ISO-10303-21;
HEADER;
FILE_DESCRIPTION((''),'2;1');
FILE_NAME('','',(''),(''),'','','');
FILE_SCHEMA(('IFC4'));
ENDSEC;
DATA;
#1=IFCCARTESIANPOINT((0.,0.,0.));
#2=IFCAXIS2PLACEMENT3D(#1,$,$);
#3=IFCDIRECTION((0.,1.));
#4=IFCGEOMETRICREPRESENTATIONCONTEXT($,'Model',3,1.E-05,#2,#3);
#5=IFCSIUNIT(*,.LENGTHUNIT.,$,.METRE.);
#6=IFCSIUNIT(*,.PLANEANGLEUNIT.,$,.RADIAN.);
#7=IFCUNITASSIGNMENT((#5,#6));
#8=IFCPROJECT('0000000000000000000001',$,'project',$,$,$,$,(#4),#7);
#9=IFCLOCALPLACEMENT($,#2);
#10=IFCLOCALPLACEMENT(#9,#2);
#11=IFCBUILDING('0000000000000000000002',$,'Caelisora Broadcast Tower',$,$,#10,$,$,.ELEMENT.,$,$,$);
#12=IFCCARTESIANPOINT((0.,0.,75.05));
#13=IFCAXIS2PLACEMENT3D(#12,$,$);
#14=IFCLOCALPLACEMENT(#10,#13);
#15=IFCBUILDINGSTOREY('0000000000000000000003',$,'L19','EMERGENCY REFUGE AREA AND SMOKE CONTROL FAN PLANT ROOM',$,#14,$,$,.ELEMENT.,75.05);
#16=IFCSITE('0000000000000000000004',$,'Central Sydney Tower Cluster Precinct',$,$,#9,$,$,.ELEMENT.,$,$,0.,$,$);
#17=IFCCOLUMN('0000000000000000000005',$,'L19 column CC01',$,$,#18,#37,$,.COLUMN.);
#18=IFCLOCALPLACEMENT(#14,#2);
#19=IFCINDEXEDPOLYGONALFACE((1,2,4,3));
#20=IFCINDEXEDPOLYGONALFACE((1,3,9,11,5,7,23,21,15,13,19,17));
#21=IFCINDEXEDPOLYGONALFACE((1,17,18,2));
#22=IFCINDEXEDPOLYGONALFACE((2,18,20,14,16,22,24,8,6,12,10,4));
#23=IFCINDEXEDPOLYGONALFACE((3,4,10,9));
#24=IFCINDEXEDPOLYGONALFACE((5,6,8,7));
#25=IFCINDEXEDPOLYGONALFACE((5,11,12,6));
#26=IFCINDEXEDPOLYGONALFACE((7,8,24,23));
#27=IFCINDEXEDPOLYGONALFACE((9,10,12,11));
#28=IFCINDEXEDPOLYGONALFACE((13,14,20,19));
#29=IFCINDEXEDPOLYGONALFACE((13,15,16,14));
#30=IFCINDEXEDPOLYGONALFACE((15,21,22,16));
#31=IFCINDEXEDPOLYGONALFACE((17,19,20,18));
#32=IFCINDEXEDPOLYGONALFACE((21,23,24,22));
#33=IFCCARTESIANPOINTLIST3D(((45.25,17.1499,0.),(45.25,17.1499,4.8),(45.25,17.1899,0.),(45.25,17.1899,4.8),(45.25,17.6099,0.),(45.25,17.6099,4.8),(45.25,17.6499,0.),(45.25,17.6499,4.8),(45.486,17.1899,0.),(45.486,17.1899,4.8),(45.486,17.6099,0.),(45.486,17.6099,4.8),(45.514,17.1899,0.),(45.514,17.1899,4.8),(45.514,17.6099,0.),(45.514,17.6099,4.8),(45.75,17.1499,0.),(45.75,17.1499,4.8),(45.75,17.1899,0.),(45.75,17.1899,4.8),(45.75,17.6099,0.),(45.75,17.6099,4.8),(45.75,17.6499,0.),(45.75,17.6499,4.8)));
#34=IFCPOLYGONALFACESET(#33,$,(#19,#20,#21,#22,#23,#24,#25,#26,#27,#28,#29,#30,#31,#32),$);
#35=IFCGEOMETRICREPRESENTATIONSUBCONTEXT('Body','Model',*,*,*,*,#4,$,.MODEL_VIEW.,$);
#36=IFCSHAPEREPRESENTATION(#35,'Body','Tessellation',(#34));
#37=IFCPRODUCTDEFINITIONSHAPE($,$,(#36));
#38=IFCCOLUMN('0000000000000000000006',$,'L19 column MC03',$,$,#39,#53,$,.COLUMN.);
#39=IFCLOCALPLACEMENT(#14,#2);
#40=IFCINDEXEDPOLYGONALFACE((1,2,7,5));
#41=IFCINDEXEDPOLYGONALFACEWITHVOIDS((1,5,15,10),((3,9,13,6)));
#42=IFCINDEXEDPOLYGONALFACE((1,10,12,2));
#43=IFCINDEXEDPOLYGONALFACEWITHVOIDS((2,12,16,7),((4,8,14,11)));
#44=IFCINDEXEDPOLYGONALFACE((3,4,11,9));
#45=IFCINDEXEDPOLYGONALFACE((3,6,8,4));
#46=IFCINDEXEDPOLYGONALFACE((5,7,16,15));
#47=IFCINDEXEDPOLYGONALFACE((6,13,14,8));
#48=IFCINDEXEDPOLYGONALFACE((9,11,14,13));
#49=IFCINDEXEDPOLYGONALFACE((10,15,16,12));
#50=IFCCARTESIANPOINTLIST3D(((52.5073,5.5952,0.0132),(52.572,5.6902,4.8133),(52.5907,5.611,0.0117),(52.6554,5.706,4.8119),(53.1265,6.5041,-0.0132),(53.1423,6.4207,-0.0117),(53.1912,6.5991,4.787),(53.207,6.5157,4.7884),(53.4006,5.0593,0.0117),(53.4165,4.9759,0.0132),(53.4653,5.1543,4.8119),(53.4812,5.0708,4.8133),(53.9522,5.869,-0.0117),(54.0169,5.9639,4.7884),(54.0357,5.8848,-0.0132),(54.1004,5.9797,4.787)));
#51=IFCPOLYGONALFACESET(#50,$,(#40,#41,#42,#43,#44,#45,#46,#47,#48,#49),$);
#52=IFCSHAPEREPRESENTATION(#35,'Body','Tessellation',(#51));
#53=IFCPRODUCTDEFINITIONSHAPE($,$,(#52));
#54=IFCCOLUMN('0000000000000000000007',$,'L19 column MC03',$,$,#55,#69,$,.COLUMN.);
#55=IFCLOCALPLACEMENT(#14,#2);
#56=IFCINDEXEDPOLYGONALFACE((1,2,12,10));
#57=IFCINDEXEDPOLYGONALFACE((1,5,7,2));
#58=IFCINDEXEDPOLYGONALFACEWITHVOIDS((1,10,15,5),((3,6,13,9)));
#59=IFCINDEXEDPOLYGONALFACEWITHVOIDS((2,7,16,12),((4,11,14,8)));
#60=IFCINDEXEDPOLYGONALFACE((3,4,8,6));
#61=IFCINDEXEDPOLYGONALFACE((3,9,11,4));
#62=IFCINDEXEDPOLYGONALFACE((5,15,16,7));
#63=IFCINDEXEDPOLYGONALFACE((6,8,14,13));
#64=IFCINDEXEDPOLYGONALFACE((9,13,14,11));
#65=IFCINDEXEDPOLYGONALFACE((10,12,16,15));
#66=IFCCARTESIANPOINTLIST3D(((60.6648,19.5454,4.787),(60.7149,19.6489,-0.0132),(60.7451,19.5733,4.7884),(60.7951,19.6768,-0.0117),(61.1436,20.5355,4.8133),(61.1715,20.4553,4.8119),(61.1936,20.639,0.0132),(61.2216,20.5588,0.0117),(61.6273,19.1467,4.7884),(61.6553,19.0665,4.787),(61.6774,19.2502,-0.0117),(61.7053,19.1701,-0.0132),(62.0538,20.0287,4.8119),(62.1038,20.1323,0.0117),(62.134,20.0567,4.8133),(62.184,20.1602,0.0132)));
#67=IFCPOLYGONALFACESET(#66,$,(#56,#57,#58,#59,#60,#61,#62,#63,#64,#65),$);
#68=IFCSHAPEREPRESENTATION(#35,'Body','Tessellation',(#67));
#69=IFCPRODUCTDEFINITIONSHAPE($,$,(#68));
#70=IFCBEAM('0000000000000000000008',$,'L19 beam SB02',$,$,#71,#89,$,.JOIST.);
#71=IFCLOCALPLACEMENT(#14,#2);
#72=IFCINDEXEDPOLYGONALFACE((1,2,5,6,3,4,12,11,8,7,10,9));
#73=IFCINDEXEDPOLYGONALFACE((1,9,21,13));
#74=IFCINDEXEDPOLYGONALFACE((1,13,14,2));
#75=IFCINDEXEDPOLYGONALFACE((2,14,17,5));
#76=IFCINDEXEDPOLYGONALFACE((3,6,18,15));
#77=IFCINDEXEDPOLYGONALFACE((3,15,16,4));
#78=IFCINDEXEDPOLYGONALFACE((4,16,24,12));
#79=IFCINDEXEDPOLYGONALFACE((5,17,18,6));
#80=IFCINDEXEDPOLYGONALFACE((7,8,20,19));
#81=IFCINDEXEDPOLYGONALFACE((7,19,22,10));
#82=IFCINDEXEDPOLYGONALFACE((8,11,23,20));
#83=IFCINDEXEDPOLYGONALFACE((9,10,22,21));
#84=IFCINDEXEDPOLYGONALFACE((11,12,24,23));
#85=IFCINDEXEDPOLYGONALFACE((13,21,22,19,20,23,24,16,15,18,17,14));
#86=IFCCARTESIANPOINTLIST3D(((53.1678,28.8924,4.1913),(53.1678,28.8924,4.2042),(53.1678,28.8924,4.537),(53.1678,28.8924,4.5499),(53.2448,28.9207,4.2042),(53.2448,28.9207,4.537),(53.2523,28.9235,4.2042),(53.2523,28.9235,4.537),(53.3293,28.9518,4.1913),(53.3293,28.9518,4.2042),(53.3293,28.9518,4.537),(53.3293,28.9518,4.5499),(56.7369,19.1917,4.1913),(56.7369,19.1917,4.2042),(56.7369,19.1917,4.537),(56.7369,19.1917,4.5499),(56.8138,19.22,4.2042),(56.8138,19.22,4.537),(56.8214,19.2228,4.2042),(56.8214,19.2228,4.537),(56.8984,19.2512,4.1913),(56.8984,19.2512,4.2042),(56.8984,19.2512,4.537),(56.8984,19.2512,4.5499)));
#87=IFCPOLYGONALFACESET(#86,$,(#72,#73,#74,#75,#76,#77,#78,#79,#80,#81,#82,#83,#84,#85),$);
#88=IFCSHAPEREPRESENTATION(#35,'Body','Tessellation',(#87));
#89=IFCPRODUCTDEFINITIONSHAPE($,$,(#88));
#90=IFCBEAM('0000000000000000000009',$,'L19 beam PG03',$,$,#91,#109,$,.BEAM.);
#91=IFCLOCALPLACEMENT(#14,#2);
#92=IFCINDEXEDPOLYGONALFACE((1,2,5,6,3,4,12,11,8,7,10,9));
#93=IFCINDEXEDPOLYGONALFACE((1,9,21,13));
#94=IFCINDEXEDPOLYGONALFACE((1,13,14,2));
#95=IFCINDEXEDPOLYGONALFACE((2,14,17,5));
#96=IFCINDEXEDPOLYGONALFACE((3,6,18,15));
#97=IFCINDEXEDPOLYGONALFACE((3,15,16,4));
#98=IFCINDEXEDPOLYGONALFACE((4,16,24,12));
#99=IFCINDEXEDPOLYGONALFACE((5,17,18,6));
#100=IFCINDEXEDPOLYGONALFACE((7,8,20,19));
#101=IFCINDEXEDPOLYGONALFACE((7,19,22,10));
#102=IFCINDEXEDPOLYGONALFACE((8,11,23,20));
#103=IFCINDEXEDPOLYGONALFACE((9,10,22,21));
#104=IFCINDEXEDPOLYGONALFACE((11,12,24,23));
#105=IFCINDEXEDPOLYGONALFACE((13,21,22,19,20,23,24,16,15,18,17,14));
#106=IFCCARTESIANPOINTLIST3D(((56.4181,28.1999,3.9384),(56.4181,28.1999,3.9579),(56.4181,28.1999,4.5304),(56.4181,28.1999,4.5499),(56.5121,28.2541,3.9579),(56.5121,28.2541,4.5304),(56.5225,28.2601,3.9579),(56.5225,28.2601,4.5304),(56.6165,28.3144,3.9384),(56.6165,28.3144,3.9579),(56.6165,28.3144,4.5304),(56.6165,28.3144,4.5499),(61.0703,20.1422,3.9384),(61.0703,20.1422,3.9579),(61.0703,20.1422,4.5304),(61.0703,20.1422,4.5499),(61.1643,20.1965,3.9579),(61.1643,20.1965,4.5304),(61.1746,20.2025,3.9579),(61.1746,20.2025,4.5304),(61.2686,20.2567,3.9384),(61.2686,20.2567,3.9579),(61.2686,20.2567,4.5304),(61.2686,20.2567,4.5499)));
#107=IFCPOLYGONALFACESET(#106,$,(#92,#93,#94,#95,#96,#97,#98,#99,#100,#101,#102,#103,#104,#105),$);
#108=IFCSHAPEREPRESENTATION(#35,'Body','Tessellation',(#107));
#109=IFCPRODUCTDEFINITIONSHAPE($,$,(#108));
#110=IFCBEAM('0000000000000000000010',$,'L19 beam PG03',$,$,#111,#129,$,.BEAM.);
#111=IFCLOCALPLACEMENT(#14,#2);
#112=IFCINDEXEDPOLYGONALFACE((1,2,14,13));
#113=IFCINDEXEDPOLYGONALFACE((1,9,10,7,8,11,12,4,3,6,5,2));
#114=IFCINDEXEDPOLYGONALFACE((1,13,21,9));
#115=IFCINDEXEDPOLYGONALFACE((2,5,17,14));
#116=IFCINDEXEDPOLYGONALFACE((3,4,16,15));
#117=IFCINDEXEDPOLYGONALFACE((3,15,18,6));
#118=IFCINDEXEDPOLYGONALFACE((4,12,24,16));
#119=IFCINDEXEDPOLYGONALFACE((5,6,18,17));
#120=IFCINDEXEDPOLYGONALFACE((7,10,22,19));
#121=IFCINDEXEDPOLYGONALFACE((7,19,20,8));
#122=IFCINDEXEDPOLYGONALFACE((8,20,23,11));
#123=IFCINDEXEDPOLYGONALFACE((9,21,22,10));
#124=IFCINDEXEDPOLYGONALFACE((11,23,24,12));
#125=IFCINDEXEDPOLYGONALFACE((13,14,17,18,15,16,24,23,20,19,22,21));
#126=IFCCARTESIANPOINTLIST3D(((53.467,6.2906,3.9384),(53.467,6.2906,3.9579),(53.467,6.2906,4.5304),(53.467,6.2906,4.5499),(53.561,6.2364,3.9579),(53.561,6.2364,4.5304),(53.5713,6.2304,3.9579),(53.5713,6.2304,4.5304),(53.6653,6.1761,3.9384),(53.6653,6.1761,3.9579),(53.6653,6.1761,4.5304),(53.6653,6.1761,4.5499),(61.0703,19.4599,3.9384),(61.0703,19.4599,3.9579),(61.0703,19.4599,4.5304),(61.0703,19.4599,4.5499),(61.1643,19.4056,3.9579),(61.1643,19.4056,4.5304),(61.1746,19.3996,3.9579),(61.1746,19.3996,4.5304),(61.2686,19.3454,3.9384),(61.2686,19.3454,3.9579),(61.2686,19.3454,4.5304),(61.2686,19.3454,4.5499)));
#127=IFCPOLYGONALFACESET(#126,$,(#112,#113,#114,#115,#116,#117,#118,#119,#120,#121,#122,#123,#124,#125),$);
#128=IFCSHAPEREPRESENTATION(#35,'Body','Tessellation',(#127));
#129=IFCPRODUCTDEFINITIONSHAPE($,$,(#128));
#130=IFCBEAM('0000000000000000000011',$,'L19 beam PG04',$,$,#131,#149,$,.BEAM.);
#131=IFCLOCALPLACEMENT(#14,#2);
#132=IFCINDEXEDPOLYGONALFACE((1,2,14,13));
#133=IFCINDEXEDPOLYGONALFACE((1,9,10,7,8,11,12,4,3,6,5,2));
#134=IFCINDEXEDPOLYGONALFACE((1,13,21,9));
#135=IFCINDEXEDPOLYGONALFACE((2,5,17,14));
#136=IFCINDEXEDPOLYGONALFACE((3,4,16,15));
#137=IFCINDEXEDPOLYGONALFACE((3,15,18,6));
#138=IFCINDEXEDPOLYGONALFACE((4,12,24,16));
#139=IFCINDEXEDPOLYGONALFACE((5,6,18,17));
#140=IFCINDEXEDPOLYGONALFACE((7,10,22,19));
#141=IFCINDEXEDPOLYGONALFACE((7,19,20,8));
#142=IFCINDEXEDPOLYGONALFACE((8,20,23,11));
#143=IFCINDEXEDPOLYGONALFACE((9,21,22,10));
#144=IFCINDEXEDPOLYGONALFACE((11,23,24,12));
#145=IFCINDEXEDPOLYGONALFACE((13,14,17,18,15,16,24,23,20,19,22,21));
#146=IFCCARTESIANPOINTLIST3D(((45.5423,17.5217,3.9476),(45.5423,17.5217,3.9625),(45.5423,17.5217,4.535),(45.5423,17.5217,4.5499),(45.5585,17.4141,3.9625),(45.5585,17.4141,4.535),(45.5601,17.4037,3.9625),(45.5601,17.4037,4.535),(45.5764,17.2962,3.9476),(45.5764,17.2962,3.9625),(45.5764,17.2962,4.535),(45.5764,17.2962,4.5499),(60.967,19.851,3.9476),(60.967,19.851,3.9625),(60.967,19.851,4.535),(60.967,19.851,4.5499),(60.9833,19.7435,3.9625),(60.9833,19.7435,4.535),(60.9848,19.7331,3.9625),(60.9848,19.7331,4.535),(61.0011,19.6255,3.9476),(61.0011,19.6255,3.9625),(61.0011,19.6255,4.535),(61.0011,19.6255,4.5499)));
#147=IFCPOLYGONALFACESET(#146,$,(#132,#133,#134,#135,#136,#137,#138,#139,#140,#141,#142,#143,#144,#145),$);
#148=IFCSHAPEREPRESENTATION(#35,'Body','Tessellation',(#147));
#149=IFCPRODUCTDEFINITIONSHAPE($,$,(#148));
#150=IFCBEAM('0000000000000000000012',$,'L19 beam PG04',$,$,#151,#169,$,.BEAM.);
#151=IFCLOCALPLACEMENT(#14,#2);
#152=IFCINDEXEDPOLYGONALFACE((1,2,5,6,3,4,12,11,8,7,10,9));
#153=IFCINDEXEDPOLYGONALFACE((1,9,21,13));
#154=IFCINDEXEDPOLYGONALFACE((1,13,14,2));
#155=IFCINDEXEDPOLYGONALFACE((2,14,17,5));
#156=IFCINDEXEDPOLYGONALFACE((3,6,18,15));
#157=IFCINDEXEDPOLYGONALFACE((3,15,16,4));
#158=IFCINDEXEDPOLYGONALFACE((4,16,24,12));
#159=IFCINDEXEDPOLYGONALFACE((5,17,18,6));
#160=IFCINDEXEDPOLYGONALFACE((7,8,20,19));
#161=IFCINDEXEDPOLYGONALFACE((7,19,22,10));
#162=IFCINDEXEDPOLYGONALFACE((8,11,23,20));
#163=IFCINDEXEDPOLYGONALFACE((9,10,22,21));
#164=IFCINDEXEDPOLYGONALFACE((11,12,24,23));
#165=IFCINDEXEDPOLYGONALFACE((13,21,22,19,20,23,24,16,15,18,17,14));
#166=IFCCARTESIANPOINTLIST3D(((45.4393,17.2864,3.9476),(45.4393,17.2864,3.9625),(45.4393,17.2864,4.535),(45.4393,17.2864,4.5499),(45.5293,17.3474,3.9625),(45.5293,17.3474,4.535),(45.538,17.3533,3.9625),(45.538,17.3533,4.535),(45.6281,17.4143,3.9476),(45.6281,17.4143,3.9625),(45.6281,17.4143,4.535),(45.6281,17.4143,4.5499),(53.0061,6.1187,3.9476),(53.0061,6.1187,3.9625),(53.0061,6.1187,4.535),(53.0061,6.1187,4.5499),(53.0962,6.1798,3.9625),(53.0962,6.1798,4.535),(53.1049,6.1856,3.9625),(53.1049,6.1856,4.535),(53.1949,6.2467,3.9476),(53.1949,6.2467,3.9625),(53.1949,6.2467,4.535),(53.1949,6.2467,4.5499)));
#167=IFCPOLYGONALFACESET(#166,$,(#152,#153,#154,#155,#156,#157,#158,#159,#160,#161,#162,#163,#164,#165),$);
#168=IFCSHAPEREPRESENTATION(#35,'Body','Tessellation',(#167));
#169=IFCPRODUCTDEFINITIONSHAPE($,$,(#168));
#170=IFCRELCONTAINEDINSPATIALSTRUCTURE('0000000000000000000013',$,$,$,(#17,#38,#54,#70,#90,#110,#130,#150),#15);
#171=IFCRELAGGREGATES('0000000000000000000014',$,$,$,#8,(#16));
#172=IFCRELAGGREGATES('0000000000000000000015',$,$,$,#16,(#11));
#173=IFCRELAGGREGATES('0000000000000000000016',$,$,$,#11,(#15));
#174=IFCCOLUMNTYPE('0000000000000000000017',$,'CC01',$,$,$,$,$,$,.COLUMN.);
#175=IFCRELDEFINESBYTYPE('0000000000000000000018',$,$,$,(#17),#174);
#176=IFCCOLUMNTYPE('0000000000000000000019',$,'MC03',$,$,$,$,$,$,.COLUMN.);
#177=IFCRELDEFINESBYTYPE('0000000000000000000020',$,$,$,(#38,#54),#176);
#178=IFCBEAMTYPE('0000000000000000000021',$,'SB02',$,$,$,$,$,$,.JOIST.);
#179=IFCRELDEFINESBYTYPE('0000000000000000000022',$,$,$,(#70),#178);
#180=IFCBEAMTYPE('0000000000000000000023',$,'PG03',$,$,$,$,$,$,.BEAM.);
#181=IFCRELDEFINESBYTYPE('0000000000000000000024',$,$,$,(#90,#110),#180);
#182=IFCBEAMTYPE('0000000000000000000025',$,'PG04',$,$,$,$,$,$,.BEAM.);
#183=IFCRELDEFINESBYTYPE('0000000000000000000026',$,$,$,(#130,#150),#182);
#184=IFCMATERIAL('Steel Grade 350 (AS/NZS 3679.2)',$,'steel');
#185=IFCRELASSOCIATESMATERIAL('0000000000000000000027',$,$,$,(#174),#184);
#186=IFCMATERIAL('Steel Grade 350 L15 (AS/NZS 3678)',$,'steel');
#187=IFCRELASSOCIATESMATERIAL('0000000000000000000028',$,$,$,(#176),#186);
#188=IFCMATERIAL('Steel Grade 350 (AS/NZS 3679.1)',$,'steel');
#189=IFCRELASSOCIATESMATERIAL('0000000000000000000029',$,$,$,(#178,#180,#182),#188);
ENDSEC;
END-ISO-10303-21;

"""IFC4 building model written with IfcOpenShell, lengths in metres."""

from ifc_helpers import new_model, si_unit, direction, frame, origin, origin_2d, place, context, subcontext, project, spatial, hollow_rectangle, i_section, extrude, source, transform, mapped, material, material_profile, profile_set, type_object, type_shapes, element, save


model = new_model("IFC4")

# Units and contexts
model_context = context("Model", 3, precision=1e-05, world=origin(), true_north=direction((0.0, 1.0)))
body_context = subcontext(model_context, "Body", "Model", "MODEL_VIEW")
ifc_project = project(units=[si_unit("LENGTHUNIT", "METRE"), si_unit("PLANEANGLEUNIT", "RADIAN")], contexts=[model_context])

# Site, building, storey
site_placement = place(None, origin())
site = spatial("IfcSite", under=ifc_project, at=site_placement, Name="Central Sydney Tower Cluster Precinct", CompositionType="ELEMENT", RefElevation=0.0)
building_placement = place(site_placement, origin())
building = spatial("IfcBuilding", under=site, at=building_placement, Name="Caelisora Broadcast Tower", CompositionType="ELEMENT")
storey_placement = place(building_placement, frame((0.0, 0.0, 75.05)))
storey = spatial("IfcBuildingStorey", under=building, at=storey_placement, Name="L19", Description="EMERGENCY REFUGE AREA AND SMOKE CONTROL FAN PLANT ROOM", CompositionType="ELEMENT", Elevation=75.05)

# Columns
ifc_material_1 = material(Name="Steel Grade 350 (AS/NZS 3679.2)", Category="steel")
ifc_material_profile_1 = material_profile(ifc_material_1, i_section(OverallWidth=0.5, OverallDepth=0.5, WebThickness=0.0281, FlangeThickness=0.04, at=origin_2d()), Name="Steel Grade 350 (AS/NZS 3679.2)")
ifc_profile_set_1 = profile_set([ifc_material_profile_1], Name="Steel Grade 350 (AS/NZS 3679.2)")
column_type_1 = type_object("IfcColumnType", Name="CC01", PredefinedType="COLUMN", material=ifc_profile_set_1)
shared_shape_1 = source(origin(), body_context, "Body", "SweptSolid", [
    extrude(i_section(OverallWidth=0.5, OverallDepth=0.5, WebThickness=0.0281, FlangeThickness=0.04, at=origin_2d()), origin(), (0.0, 0.0, 1.0), 4.8),
])
type_shapes(column_type_1, [shared_shape_1])
column_placement = place(storey_placement, frame((45.5, 17.3999, 0.0), z_axis=(0.0, 0.0, 1.0), x_axis=(1.0, 0.0, 0.0)))
element("IfcColumn", 1, at=column_placement, inside=storey, type_object=column_type_1, Name="L19 column CC01", PredefinedType="COLUMN", context=body_context, shape_type="MappedRepresentation", body=[
    mapped(shared_shape_1, transform((0.0, 0.0, 0.0), scale=1.0)),
])
ifc_material_2 = material(Name="Steel Grade 350 L15 (AS/NZS 3678)", Category="steel")
ifc_material_profile_2 = material_profile(ifc_material_2, hollow_rectangle(XDim=1.1001, YDim=1.1001, WallThickness=0.0601, at=origin_2d()), Name="Steel Grade 350 L15 (AS/NZS 3678)")
ifc_profile_set_2 = profile_set([ifc_material_profile_2], Name="Steel Grade 350 L15 (AS/NZS 3678)")
column_type_2 = type_object("IfcColumnType", Name="MC03", PredefinedType="COLUMN", material=ifc_profile_set_2)
shared_shape_2 = source(origin(), body_context, "Body", "SweptSolid", [
    extrude(hollow_rectangle(XDim=1.1001, YDim=1.1001, WallThickness=0.0601, at=origin_2d()), origin(), (0.0, 0.0, 1.0), 4.8015),
])
type_shapes(column_type_2, [shared_shape_2])
for number, where, z_axis, x_axis, name in (
    (2, (53.2715, 5.74, 0.0), (0.013475, 0.01978, 0.999714), (-0.826452, 0.563007, 0.0), "L19 column MC03"),
    (3, (61.4495, 19.9045, 0.0), (-0.010424, -0.021559, 0.999713), (0.900293, -0.435283, 0.0), "L19 column MC03"),
):
    element("IfcColumn", number, at=place(storey_placement, frame(where, z_axis=z_axis, x_axis=x_axis)), inside=storey, type_object=column_type_2, Name=name, PredefinedType="COLUMN", context=body_context, shape_type="MappedRepresentation", body=[
        mapped(shared_shape_2, transform((0.0, 0.0, 0.0), scale=1.0)),
    ])

# Beams
ifc_material_3 = material(Name="Steel Grade 350 (AS/NZS 3679.1)", Category="steel")
ifc_material_profile_3 = material_profile(ifc_material_3, i_section(OverallWidth=0.1721, OverallDepth=0.3586, WebThickness=0.0081, FlangeThickness=0.0129, at=origin_2d()), Name="Steel Grade 350 (AS/NZS 3679.1)")
ifc_profile_set_3 = profile_set([ifc_material_profile_3], Name="Steel Grade 350 (AS/NZS 3679.1)")
beam_type_1 = type_object("IfcBeamType", Name="SB02", PredefinedType="JOIST", material=ifc_profile_set_3)
shared_shape_3 = source(origin(), body_context, "Body", "SweptSolid", [
    extrude(i_section(OverallWidth=0.1721, OverallDepth=0.3586, WebThickness=0.0081, FlangeThickness=0.0129, at=origin_2d()), origin(), (0.0, 0.0, 1.0), 10.3364),
])
beam_1_placement = place(storey_placement, frame((56.8176, 19.2214, 4.3706), z_axis=(-0.345293, 0.938495, 0.0), x_axis=(-0.938495, -0.345293, 0.0)))
element("IfcBeam", 4, at=beam_1_placement, inside=storey, type_object=beam_type_1, Name="L19 beam SB02", PredefinedType="JOIST", context=body_context, shape_type="MappedRepresentation", body=[
    mapped(shared_shape_3, transform((0.0, 0.0, 0.0), scale=1.0)),
])
ifc_material_profile_4 = material_profile(ifc_material_3, i_section(OverallWidth=0.229, OverallDepth=0.6116, WebThickness=0.012, FlangeThickness=0.0195, at=origin_2d()), Name="Steel Grade 350 (AS/NZS 3679.1)")
ifc_profile_set_4 = profile_set([ifc_material_profile_4], Name="Steel Grade 350 (AS/NZS 3679.1)")
beam_type_2 = type_object("IfcBeamType", Name="PG03", PredefinedType="BEAM", material=ifc_profile_set_4)
shared_shape_4 = source(origin(), body_context, "Body", "SweptSolid", [
    extrude(i_section(OverallWidth=0.229, OverallDepth=0.6116, WebThickness=0.012, FlangeThickness=0.0195, at=origin_2d()), origin(), (0.0, 0.0, 1.0), 9.3042),
])
beam_2_placement = place(storey_placement, frame((61.1694, 20.1995, 4.2441), z_axis=(-0.500003, 0.866024, 0.0), x_axis=(-0.866024, -0.500003, 0.0)))
element("IfcBeam", 5, at=beam_2_placement, inside=storey, type_object=beam_type_2, Name="L19 beam PG03", PredefinedType="BEAM", context=body_context, shape_type="MappedRepresentation", body=[
    mapped(shared_shape_4, transform((0.0, 0.0, 0.0), scale=1.0)),
])
shared_shape_5 = source(origin(), body_context, "Body", "SweptSolid", [
    extrude(i_section(OverallWidth=0.229, OverallDepth=0.6116, WebThickness=0.012, FlangeThickness=0.0195, at=origin_2d()), origin(), (0.0, 0.0, 1.0), 15.2065),
])
type_shapes(beam_type_2, [shared_shape_4, shared_shape_5])
beam_3_placement = place(storey_placement, frame((53.5662, 6.2334, 4.2441), z_axis=(0.500002, 0.866024, 0.0), x_axis=(-0.866024, 0.500002, 0.0)))
element("IfcBeam", 6, at=beam_3_placement, inside=storey, type_object=beam_type_2, Name="L19 beam PG03", PredefinedType="BEAM", context=body_context, shape_type="MappedRepresentation", body=[
    mapped(shared_shape_5, transform((0.0, 0.0, 0.0), scale=1.0)),
])
ifc_material_profile_5 = material_profile(ifc_material_3, i_section(OverallWidth=0.228, OverallDepth=0.6023, WebThickness=0.0105, FlangeThickness=0.0149, at=origin_2d()), Name="Steel Grade 350 (AS/NZS 3679.1)")
ifc_profile_set_5 = profile_set([ifc_material_profile_5], Name="Steel Grade 350 (AS/NZS 3679.1)")
beam_type_3 = type_object("IfcBeamType", Name="PG04", PredefinedType="BEAM", material=ifc_profile_set_5)
shared_shape_6 = source(origin(), body_context, "Body", "SweptSolid", [
    extrude(i_section(OverallWidth=0.228, OverallDepth=0.6023, WebThickness=0.0105, FlangeThickness=0.0149, at=origin_2d()), origin(), (0.0, 0.0, 1.0), 15.5996),
])
beam_4_placement = place(storey_placement, frame((45.5593, 17.4089, 4.2488), z_axis=(0.988789, 0.14932, 0.0), x_axis=(-0.14932, 0.988789, 0.0)))
element("IfcBeam", 7, at=beam_4_placement, inside=storey, type_object=beam_type_3, Name="L19 beam PG04", PredefinedType="BEAM", context=body_context, shape_type="MappedRepresentation", body=[
    mapped(shared_shape_6, transform((0.0, 0.0, 0.0), scale=1.0)),
])
shared_shape_7 = source(origin(), body_context, "Body", "SweptSolid", [
    extrude(i_section(OverallWidth=0.228, OverallDepth=0.6023, WebThickness=0.0105, FlangeThickness=0.0149, at=origin_2d()), origin(), (0.0, 0.0, 1.0), 13.4897),
])
type_shapes(beam_type_3, [shared_shape_6, shared_shape_7])
beam_5_placement = place(storey_placement, frame((45.5337, 17.3503, 4.2488), z_axis=(0.560933, -0.827861, 0.0), x_axis=(0.827861, 0.560933, 0.0)))
element("IfcBeam", 8, at=beam_5_placement, inside=storey, type_object=beam_type_3, Name="L19 beam PG04", PredefinedType="BEAM", context=body_context, shape_type="MappedRepresentation", body=[
    mapped(shared_shape_7, transform((0.0, 0.0, 0.0), scale=1.0)),
])

save(model, "model.ifc")
